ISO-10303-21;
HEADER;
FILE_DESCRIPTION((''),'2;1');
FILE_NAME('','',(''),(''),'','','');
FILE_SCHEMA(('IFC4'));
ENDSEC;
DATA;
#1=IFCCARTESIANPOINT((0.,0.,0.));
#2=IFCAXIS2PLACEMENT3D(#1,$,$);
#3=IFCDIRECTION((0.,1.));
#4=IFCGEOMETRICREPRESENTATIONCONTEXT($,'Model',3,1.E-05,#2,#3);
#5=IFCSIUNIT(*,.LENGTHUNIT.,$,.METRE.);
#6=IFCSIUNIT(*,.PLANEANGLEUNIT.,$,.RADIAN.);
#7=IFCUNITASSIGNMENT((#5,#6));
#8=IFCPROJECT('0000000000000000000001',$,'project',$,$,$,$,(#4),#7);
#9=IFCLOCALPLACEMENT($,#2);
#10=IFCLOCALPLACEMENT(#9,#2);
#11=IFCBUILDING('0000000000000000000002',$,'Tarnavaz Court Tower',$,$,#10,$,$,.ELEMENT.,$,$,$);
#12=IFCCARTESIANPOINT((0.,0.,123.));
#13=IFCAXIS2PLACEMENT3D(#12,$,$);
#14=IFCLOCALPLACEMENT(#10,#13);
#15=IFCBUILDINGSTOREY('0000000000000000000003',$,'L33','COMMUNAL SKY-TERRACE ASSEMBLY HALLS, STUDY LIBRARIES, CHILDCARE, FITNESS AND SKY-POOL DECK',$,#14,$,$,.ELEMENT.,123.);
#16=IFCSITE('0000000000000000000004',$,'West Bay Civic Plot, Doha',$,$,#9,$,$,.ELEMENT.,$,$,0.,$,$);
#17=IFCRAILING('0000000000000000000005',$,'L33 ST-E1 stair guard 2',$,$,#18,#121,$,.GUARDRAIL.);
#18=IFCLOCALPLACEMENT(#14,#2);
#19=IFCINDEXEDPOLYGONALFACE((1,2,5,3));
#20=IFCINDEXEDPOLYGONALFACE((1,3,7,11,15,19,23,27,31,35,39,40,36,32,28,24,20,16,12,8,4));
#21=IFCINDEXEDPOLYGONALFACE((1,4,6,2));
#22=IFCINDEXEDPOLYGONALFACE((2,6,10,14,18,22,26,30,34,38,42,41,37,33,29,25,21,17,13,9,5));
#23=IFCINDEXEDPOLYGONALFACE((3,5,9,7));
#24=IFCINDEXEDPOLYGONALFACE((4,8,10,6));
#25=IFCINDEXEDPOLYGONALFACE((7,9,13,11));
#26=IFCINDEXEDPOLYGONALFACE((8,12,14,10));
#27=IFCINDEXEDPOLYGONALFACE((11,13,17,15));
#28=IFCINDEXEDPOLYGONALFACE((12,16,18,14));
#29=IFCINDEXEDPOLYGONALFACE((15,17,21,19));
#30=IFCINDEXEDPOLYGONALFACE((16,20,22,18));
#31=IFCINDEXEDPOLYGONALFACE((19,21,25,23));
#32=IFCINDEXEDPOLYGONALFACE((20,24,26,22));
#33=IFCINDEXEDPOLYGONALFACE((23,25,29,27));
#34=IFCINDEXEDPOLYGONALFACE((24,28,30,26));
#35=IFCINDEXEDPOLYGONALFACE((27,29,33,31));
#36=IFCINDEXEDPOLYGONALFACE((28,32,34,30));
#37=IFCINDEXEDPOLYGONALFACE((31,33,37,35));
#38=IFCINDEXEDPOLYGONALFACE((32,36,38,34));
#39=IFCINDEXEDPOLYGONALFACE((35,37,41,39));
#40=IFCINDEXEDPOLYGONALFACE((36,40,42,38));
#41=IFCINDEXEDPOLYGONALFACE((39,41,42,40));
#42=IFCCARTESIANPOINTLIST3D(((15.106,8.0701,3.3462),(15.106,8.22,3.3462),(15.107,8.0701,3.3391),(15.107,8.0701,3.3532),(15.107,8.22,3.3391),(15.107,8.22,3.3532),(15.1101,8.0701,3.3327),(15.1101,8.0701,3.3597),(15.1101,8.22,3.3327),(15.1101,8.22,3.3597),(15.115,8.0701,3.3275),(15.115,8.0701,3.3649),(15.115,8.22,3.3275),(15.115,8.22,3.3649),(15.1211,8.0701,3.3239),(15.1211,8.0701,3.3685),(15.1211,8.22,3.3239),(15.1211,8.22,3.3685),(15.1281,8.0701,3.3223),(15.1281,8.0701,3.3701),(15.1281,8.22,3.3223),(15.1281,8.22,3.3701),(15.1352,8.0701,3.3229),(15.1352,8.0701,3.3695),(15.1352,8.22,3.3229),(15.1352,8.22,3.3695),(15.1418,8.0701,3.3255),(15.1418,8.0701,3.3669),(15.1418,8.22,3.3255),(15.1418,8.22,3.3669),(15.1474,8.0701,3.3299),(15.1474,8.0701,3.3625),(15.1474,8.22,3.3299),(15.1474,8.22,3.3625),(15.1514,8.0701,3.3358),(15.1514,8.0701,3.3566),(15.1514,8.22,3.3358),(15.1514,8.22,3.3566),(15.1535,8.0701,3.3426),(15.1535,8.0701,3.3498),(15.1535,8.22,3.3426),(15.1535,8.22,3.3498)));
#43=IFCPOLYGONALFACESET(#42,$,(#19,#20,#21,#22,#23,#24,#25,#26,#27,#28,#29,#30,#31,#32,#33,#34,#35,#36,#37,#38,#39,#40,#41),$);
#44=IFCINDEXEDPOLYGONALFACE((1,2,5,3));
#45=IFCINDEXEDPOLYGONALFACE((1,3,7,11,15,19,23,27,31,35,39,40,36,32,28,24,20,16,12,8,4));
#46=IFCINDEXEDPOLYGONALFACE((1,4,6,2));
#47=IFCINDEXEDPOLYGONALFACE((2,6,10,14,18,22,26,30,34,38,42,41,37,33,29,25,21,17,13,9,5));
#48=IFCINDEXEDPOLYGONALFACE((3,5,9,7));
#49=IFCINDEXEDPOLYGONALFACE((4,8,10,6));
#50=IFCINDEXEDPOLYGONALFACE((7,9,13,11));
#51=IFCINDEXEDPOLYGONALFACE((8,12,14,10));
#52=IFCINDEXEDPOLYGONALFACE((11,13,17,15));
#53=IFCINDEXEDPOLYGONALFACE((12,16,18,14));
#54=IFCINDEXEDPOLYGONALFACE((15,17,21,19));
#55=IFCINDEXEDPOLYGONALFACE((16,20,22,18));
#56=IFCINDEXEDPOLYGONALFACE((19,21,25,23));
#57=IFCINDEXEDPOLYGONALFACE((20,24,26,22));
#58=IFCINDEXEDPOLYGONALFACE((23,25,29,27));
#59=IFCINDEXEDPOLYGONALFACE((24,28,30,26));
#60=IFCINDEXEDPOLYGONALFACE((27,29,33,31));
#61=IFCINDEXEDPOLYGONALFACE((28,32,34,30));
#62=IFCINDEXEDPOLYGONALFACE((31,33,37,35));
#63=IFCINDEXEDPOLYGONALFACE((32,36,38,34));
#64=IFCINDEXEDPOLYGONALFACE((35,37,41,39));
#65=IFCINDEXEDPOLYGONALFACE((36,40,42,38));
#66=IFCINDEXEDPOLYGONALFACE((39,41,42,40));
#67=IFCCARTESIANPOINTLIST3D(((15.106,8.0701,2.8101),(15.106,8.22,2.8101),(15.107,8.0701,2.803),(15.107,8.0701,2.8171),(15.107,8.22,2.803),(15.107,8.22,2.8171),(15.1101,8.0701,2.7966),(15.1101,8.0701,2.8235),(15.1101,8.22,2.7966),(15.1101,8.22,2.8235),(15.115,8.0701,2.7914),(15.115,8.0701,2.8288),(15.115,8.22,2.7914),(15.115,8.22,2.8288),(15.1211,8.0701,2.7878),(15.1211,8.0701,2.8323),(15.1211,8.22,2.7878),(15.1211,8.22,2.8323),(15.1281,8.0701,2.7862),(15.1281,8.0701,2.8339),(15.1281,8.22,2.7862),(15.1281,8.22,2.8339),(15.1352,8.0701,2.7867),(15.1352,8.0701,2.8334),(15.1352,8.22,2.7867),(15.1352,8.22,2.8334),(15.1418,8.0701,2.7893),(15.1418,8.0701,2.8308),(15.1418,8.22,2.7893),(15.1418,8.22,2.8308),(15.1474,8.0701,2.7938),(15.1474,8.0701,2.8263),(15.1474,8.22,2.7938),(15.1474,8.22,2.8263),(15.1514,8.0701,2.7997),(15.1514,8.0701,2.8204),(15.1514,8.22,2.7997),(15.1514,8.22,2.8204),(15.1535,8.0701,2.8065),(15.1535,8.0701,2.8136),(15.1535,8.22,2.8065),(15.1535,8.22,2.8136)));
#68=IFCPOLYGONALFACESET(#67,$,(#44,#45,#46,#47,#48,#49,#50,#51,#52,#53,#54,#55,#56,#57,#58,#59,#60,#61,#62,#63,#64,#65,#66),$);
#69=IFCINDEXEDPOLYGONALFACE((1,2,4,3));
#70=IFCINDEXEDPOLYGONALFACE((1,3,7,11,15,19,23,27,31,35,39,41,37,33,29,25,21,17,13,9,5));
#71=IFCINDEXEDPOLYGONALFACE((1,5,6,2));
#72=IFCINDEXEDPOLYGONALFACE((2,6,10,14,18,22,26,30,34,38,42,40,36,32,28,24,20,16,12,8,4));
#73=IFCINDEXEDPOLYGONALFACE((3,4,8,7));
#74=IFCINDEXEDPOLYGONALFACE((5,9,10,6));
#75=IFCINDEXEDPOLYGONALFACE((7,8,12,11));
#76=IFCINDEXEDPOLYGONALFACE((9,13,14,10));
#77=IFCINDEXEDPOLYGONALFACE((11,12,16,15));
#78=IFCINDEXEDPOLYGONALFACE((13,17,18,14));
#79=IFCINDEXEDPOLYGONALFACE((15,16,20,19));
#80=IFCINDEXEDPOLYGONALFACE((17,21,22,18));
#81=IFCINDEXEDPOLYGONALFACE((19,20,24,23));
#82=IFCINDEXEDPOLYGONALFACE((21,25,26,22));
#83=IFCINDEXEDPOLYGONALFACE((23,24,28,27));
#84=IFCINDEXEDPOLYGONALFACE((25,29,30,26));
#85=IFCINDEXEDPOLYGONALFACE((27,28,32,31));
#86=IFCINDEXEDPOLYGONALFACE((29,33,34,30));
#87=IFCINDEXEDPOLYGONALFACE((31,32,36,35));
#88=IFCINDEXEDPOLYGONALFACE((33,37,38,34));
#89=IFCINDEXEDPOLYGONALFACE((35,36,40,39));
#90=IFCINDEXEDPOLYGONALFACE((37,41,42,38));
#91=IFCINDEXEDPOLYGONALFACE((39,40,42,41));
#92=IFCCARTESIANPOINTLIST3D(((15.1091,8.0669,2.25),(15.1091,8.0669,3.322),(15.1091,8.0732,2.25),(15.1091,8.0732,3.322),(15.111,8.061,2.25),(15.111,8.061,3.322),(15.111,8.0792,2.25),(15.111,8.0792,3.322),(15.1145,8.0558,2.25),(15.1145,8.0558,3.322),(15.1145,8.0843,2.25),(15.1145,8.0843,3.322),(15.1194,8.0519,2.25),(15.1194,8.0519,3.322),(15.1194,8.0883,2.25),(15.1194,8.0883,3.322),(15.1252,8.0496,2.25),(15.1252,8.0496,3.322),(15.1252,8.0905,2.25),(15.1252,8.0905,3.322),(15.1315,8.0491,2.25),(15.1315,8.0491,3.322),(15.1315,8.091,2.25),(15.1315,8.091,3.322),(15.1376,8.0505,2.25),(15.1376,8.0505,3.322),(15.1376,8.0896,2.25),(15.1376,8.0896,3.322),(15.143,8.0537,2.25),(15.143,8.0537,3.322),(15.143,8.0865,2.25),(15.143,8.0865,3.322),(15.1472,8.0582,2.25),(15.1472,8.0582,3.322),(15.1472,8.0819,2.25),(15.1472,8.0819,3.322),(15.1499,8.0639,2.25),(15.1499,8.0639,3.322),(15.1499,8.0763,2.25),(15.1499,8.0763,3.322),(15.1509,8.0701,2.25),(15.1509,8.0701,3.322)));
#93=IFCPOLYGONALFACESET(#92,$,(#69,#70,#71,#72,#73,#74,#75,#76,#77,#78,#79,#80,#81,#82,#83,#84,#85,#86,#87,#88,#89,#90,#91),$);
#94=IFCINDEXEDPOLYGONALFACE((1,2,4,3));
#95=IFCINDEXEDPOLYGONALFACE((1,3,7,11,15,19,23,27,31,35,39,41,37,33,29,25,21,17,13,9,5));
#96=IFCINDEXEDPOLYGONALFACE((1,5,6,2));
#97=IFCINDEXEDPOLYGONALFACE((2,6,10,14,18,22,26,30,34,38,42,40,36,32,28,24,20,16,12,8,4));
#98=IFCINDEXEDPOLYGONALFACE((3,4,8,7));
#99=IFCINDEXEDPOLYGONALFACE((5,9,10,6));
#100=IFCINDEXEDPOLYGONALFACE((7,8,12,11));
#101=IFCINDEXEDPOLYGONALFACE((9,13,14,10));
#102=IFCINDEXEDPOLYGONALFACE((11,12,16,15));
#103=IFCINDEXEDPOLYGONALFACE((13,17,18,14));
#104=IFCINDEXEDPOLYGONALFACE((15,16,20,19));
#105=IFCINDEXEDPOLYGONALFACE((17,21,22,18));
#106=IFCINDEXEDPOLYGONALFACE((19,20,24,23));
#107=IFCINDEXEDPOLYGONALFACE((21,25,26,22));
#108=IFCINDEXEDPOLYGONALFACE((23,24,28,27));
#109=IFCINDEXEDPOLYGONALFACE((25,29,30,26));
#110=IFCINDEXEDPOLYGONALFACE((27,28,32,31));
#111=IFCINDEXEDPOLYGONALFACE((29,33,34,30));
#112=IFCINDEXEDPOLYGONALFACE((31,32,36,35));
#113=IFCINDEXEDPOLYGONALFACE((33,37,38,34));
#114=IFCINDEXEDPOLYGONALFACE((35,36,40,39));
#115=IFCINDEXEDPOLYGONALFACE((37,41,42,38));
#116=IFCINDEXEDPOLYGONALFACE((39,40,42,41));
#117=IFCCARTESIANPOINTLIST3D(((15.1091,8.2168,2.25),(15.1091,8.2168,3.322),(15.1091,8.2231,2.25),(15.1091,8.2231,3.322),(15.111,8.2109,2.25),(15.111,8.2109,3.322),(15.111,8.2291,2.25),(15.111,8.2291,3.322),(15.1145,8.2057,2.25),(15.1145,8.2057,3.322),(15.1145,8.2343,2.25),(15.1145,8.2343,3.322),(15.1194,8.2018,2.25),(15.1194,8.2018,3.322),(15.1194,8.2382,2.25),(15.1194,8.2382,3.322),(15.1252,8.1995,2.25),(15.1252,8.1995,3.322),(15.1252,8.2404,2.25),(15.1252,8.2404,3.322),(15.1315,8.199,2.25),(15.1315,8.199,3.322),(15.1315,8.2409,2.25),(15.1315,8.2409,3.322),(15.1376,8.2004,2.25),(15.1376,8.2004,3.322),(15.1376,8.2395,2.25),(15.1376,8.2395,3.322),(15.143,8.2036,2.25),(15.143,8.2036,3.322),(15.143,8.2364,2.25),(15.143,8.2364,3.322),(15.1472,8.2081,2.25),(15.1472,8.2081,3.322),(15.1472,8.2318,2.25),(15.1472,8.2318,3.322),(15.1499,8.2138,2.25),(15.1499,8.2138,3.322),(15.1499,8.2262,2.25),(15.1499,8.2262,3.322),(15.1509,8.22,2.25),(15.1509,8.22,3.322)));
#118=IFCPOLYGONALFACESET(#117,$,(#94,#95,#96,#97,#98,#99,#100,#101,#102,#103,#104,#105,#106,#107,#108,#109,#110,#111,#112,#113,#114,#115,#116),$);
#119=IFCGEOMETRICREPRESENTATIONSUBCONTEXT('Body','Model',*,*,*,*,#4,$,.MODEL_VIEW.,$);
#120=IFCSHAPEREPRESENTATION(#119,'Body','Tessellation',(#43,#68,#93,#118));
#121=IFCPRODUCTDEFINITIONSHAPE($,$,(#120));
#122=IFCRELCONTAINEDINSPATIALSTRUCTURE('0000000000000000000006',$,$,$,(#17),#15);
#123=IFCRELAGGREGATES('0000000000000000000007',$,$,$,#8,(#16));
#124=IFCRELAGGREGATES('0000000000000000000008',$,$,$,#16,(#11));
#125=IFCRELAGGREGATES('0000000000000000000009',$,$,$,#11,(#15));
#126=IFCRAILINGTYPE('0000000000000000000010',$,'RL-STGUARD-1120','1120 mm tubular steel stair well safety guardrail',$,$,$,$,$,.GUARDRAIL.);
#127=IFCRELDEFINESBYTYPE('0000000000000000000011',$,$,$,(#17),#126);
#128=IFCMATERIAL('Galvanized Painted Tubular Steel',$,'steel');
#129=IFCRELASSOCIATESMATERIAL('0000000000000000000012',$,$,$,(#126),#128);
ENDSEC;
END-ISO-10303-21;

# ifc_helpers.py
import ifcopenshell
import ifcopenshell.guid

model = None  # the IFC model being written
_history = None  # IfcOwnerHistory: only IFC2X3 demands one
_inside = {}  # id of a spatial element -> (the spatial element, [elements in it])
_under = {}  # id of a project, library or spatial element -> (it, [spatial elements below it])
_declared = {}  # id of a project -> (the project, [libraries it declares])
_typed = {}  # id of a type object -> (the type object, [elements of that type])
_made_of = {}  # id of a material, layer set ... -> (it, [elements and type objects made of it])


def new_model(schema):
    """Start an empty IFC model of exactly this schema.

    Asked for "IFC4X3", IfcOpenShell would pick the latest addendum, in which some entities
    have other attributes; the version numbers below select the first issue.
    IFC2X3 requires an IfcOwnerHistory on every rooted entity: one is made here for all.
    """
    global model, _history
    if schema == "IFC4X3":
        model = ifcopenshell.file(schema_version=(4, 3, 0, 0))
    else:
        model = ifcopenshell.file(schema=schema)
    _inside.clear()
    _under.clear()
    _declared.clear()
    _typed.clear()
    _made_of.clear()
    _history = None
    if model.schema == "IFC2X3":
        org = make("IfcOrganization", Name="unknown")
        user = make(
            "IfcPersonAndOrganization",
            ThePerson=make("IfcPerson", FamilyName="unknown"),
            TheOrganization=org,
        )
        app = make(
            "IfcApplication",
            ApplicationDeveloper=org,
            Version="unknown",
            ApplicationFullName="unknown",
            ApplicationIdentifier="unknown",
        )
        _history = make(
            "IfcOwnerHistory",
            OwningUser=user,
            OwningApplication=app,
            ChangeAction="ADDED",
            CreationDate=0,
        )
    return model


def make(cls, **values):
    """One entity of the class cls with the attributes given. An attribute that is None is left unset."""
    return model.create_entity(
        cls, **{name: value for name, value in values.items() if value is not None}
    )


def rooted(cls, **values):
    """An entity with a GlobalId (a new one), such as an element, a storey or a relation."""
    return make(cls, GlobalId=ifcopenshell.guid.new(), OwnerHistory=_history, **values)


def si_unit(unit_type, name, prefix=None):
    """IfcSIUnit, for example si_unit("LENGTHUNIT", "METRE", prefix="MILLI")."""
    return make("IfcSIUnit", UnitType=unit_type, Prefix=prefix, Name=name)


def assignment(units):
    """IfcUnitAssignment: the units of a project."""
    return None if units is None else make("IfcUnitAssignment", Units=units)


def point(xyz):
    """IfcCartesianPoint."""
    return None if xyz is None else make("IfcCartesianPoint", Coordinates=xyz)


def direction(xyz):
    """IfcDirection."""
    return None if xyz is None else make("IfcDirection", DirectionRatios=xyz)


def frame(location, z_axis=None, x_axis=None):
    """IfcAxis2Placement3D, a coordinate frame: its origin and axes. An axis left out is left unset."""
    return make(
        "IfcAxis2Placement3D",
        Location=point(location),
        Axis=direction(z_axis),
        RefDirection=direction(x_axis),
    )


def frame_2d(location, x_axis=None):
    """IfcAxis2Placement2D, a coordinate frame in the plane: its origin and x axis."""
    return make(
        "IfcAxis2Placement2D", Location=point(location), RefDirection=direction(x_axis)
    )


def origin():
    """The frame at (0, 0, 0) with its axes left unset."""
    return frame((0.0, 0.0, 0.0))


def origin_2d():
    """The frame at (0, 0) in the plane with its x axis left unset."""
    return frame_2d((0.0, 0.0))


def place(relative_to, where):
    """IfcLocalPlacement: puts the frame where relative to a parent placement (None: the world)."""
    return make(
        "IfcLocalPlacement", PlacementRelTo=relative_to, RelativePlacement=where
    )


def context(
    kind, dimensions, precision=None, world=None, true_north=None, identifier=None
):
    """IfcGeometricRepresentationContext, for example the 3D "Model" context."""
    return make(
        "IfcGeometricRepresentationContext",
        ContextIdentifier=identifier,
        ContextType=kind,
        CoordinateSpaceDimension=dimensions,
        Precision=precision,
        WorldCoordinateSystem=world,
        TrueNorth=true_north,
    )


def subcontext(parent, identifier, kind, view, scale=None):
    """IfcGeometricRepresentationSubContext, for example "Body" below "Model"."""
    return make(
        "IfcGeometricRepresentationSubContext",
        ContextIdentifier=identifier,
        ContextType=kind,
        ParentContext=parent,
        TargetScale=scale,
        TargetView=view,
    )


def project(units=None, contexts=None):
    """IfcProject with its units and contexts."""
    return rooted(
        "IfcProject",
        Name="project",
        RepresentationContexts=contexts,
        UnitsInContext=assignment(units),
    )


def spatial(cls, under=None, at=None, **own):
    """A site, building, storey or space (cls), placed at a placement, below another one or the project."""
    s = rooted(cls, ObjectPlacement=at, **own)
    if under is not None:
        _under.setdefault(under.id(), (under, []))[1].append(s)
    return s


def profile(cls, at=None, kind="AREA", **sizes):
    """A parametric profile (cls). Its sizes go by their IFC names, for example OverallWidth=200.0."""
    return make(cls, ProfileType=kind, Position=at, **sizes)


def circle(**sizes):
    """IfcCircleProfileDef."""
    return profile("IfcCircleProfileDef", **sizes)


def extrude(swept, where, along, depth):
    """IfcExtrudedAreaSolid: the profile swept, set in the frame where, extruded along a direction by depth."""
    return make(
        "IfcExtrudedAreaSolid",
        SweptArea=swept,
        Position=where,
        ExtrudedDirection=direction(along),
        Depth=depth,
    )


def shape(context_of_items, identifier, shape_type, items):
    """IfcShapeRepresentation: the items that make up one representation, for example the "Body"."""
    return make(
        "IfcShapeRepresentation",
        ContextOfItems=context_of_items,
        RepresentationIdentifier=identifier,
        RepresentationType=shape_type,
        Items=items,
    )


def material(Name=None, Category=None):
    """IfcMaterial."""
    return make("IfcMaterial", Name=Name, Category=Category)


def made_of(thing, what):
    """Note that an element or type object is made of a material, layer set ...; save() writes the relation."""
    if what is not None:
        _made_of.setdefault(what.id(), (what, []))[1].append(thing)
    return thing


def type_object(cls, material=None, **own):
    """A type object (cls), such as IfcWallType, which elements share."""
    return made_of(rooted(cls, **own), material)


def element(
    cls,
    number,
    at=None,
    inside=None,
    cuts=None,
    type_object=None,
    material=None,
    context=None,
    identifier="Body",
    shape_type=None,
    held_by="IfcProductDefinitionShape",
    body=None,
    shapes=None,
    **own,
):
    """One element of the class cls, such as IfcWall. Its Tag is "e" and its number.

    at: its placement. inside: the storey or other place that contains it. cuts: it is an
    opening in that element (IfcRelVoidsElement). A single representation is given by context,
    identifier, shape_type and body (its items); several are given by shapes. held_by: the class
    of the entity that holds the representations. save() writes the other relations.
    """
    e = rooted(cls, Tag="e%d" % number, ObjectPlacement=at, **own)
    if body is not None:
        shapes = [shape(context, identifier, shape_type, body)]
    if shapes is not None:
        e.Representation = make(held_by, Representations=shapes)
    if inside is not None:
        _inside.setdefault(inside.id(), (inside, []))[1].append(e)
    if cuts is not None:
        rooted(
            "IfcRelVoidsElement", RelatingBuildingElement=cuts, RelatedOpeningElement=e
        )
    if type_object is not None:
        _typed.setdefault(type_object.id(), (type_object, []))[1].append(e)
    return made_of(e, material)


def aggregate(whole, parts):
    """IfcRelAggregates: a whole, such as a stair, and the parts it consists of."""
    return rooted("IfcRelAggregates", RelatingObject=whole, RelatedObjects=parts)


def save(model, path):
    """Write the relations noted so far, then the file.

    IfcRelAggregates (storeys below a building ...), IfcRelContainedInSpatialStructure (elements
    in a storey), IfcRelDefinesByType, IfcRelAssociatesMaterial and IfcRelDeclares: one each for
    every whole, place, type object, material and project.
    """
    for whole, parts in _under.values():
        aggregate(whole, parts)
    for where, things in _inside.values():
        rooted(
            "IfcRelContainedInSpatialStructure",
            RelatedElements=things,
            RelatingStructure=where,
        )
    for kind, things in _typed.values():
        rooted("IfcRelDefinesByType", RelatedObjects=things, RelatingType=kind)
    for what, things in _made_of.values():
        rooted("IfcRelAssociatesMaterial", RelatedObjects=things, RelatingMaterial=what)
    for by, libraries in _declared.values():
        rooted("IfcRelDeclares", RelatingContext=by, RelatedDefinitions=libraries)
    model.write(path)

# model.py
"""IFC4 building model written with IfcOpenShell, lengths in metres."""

from ifc_helpers import new_model, si_unit, direction, frame, origin, origin_2d, place, context, subcontext, project, spatial, circle, extrude, material, type_object, element, save


model = new_model("IFC4")

# Units and contexts
model_context = context("Model", 3, precision=1e-05, world=origin(), true_north=direction((0.0, 1.0)))
body_context = subcontext(model_context, "Body", "Model", "MODEL_VIEW")
ifc_project = project(units=[si_unit("LENGTHUNIT", "METRE"), si_unit("PLANEANGLEUNIT", "RADIAN")], contexts=[model_context])

# Site, building, storey
site_placement = place(None, origin())
site = spatial("IfcSite", under=ifc_project, at=site_placement, Name="West Bay Civic Plot, Doha", CompositionType="ELEMENT", RefElevation=0.0)
building_placement = place(site_placement, origin())
building = spatial("IfcBuilding", under=site, at=building_placement, Name="Tarnavaz Court Tower", CompositionType="ELEMENT")
storey_placement = place(building_placement, frame((0.0, 0.0, 123.0)))
storey = spatial("IfcBuildingStorey", under=building, at=storey_placement, Name="L33", Description="COMMUNAL SKY-TERRACE ASSEMBLY HALLS, STUDY LIBRARIES, CHILDCARE, FITNESS AND SKY-POOL DECK", CompositionType="ELEMENT", Elevation=123.0)

# Railing
ifc_material_1 = material(Name="Galvanized Painted Tubular Steel", Category="steel")
railing_type_1 = type_object("IfcRailingType", Name="RL-STGUARD-1120", Description="1120 mm tubular steel stair well safety guardrail", PredefinedType="GUARDRAIL", material=ifc_material_1)
railing_1_placement = place(storey_placement, frame((15.1299, 8.0701, 2.25)))
element("IfcRailing", 1, at=railing_1_placement, inside=storey, type_object=railing_type_1, Name="L33 ST-E1 stair guard 2", PredefinedType="GUARDRAIL", context=body_context, shape_type="SweptSolid", body=[
    extrude(circle(Radius=0.0239, at=origin_2d()), frame((0.0, 0.0, 1.0962), z_axis=(0.0, 1.0, 0.0), x_axis=(-1.0, 0.0, 0.0)), (0.0, 0.0, 1.0), 0.1499),
    extrude(circle(Radius=0.0239, at=origin_2d()), frame((0.0, 0.0, 0.5601), z_axis=(0.0, 1.0, 0.0), x_axis=(-1.0, 0.0, 0.0)), (0.0, 0.0, 1.0), 0.1499),
    extrude(circle(Radius=0.021, at=origin_2d()), origin(), (0.0, 0.0, 1.0), 1.072),
    extrude(circle(Radius=0.021, at=origin_2d()), frame((0.0, 0.1499, 0.0)), (0.0, 0.0, 1.0), 1.072),
])

save(model, "model.ifc")
